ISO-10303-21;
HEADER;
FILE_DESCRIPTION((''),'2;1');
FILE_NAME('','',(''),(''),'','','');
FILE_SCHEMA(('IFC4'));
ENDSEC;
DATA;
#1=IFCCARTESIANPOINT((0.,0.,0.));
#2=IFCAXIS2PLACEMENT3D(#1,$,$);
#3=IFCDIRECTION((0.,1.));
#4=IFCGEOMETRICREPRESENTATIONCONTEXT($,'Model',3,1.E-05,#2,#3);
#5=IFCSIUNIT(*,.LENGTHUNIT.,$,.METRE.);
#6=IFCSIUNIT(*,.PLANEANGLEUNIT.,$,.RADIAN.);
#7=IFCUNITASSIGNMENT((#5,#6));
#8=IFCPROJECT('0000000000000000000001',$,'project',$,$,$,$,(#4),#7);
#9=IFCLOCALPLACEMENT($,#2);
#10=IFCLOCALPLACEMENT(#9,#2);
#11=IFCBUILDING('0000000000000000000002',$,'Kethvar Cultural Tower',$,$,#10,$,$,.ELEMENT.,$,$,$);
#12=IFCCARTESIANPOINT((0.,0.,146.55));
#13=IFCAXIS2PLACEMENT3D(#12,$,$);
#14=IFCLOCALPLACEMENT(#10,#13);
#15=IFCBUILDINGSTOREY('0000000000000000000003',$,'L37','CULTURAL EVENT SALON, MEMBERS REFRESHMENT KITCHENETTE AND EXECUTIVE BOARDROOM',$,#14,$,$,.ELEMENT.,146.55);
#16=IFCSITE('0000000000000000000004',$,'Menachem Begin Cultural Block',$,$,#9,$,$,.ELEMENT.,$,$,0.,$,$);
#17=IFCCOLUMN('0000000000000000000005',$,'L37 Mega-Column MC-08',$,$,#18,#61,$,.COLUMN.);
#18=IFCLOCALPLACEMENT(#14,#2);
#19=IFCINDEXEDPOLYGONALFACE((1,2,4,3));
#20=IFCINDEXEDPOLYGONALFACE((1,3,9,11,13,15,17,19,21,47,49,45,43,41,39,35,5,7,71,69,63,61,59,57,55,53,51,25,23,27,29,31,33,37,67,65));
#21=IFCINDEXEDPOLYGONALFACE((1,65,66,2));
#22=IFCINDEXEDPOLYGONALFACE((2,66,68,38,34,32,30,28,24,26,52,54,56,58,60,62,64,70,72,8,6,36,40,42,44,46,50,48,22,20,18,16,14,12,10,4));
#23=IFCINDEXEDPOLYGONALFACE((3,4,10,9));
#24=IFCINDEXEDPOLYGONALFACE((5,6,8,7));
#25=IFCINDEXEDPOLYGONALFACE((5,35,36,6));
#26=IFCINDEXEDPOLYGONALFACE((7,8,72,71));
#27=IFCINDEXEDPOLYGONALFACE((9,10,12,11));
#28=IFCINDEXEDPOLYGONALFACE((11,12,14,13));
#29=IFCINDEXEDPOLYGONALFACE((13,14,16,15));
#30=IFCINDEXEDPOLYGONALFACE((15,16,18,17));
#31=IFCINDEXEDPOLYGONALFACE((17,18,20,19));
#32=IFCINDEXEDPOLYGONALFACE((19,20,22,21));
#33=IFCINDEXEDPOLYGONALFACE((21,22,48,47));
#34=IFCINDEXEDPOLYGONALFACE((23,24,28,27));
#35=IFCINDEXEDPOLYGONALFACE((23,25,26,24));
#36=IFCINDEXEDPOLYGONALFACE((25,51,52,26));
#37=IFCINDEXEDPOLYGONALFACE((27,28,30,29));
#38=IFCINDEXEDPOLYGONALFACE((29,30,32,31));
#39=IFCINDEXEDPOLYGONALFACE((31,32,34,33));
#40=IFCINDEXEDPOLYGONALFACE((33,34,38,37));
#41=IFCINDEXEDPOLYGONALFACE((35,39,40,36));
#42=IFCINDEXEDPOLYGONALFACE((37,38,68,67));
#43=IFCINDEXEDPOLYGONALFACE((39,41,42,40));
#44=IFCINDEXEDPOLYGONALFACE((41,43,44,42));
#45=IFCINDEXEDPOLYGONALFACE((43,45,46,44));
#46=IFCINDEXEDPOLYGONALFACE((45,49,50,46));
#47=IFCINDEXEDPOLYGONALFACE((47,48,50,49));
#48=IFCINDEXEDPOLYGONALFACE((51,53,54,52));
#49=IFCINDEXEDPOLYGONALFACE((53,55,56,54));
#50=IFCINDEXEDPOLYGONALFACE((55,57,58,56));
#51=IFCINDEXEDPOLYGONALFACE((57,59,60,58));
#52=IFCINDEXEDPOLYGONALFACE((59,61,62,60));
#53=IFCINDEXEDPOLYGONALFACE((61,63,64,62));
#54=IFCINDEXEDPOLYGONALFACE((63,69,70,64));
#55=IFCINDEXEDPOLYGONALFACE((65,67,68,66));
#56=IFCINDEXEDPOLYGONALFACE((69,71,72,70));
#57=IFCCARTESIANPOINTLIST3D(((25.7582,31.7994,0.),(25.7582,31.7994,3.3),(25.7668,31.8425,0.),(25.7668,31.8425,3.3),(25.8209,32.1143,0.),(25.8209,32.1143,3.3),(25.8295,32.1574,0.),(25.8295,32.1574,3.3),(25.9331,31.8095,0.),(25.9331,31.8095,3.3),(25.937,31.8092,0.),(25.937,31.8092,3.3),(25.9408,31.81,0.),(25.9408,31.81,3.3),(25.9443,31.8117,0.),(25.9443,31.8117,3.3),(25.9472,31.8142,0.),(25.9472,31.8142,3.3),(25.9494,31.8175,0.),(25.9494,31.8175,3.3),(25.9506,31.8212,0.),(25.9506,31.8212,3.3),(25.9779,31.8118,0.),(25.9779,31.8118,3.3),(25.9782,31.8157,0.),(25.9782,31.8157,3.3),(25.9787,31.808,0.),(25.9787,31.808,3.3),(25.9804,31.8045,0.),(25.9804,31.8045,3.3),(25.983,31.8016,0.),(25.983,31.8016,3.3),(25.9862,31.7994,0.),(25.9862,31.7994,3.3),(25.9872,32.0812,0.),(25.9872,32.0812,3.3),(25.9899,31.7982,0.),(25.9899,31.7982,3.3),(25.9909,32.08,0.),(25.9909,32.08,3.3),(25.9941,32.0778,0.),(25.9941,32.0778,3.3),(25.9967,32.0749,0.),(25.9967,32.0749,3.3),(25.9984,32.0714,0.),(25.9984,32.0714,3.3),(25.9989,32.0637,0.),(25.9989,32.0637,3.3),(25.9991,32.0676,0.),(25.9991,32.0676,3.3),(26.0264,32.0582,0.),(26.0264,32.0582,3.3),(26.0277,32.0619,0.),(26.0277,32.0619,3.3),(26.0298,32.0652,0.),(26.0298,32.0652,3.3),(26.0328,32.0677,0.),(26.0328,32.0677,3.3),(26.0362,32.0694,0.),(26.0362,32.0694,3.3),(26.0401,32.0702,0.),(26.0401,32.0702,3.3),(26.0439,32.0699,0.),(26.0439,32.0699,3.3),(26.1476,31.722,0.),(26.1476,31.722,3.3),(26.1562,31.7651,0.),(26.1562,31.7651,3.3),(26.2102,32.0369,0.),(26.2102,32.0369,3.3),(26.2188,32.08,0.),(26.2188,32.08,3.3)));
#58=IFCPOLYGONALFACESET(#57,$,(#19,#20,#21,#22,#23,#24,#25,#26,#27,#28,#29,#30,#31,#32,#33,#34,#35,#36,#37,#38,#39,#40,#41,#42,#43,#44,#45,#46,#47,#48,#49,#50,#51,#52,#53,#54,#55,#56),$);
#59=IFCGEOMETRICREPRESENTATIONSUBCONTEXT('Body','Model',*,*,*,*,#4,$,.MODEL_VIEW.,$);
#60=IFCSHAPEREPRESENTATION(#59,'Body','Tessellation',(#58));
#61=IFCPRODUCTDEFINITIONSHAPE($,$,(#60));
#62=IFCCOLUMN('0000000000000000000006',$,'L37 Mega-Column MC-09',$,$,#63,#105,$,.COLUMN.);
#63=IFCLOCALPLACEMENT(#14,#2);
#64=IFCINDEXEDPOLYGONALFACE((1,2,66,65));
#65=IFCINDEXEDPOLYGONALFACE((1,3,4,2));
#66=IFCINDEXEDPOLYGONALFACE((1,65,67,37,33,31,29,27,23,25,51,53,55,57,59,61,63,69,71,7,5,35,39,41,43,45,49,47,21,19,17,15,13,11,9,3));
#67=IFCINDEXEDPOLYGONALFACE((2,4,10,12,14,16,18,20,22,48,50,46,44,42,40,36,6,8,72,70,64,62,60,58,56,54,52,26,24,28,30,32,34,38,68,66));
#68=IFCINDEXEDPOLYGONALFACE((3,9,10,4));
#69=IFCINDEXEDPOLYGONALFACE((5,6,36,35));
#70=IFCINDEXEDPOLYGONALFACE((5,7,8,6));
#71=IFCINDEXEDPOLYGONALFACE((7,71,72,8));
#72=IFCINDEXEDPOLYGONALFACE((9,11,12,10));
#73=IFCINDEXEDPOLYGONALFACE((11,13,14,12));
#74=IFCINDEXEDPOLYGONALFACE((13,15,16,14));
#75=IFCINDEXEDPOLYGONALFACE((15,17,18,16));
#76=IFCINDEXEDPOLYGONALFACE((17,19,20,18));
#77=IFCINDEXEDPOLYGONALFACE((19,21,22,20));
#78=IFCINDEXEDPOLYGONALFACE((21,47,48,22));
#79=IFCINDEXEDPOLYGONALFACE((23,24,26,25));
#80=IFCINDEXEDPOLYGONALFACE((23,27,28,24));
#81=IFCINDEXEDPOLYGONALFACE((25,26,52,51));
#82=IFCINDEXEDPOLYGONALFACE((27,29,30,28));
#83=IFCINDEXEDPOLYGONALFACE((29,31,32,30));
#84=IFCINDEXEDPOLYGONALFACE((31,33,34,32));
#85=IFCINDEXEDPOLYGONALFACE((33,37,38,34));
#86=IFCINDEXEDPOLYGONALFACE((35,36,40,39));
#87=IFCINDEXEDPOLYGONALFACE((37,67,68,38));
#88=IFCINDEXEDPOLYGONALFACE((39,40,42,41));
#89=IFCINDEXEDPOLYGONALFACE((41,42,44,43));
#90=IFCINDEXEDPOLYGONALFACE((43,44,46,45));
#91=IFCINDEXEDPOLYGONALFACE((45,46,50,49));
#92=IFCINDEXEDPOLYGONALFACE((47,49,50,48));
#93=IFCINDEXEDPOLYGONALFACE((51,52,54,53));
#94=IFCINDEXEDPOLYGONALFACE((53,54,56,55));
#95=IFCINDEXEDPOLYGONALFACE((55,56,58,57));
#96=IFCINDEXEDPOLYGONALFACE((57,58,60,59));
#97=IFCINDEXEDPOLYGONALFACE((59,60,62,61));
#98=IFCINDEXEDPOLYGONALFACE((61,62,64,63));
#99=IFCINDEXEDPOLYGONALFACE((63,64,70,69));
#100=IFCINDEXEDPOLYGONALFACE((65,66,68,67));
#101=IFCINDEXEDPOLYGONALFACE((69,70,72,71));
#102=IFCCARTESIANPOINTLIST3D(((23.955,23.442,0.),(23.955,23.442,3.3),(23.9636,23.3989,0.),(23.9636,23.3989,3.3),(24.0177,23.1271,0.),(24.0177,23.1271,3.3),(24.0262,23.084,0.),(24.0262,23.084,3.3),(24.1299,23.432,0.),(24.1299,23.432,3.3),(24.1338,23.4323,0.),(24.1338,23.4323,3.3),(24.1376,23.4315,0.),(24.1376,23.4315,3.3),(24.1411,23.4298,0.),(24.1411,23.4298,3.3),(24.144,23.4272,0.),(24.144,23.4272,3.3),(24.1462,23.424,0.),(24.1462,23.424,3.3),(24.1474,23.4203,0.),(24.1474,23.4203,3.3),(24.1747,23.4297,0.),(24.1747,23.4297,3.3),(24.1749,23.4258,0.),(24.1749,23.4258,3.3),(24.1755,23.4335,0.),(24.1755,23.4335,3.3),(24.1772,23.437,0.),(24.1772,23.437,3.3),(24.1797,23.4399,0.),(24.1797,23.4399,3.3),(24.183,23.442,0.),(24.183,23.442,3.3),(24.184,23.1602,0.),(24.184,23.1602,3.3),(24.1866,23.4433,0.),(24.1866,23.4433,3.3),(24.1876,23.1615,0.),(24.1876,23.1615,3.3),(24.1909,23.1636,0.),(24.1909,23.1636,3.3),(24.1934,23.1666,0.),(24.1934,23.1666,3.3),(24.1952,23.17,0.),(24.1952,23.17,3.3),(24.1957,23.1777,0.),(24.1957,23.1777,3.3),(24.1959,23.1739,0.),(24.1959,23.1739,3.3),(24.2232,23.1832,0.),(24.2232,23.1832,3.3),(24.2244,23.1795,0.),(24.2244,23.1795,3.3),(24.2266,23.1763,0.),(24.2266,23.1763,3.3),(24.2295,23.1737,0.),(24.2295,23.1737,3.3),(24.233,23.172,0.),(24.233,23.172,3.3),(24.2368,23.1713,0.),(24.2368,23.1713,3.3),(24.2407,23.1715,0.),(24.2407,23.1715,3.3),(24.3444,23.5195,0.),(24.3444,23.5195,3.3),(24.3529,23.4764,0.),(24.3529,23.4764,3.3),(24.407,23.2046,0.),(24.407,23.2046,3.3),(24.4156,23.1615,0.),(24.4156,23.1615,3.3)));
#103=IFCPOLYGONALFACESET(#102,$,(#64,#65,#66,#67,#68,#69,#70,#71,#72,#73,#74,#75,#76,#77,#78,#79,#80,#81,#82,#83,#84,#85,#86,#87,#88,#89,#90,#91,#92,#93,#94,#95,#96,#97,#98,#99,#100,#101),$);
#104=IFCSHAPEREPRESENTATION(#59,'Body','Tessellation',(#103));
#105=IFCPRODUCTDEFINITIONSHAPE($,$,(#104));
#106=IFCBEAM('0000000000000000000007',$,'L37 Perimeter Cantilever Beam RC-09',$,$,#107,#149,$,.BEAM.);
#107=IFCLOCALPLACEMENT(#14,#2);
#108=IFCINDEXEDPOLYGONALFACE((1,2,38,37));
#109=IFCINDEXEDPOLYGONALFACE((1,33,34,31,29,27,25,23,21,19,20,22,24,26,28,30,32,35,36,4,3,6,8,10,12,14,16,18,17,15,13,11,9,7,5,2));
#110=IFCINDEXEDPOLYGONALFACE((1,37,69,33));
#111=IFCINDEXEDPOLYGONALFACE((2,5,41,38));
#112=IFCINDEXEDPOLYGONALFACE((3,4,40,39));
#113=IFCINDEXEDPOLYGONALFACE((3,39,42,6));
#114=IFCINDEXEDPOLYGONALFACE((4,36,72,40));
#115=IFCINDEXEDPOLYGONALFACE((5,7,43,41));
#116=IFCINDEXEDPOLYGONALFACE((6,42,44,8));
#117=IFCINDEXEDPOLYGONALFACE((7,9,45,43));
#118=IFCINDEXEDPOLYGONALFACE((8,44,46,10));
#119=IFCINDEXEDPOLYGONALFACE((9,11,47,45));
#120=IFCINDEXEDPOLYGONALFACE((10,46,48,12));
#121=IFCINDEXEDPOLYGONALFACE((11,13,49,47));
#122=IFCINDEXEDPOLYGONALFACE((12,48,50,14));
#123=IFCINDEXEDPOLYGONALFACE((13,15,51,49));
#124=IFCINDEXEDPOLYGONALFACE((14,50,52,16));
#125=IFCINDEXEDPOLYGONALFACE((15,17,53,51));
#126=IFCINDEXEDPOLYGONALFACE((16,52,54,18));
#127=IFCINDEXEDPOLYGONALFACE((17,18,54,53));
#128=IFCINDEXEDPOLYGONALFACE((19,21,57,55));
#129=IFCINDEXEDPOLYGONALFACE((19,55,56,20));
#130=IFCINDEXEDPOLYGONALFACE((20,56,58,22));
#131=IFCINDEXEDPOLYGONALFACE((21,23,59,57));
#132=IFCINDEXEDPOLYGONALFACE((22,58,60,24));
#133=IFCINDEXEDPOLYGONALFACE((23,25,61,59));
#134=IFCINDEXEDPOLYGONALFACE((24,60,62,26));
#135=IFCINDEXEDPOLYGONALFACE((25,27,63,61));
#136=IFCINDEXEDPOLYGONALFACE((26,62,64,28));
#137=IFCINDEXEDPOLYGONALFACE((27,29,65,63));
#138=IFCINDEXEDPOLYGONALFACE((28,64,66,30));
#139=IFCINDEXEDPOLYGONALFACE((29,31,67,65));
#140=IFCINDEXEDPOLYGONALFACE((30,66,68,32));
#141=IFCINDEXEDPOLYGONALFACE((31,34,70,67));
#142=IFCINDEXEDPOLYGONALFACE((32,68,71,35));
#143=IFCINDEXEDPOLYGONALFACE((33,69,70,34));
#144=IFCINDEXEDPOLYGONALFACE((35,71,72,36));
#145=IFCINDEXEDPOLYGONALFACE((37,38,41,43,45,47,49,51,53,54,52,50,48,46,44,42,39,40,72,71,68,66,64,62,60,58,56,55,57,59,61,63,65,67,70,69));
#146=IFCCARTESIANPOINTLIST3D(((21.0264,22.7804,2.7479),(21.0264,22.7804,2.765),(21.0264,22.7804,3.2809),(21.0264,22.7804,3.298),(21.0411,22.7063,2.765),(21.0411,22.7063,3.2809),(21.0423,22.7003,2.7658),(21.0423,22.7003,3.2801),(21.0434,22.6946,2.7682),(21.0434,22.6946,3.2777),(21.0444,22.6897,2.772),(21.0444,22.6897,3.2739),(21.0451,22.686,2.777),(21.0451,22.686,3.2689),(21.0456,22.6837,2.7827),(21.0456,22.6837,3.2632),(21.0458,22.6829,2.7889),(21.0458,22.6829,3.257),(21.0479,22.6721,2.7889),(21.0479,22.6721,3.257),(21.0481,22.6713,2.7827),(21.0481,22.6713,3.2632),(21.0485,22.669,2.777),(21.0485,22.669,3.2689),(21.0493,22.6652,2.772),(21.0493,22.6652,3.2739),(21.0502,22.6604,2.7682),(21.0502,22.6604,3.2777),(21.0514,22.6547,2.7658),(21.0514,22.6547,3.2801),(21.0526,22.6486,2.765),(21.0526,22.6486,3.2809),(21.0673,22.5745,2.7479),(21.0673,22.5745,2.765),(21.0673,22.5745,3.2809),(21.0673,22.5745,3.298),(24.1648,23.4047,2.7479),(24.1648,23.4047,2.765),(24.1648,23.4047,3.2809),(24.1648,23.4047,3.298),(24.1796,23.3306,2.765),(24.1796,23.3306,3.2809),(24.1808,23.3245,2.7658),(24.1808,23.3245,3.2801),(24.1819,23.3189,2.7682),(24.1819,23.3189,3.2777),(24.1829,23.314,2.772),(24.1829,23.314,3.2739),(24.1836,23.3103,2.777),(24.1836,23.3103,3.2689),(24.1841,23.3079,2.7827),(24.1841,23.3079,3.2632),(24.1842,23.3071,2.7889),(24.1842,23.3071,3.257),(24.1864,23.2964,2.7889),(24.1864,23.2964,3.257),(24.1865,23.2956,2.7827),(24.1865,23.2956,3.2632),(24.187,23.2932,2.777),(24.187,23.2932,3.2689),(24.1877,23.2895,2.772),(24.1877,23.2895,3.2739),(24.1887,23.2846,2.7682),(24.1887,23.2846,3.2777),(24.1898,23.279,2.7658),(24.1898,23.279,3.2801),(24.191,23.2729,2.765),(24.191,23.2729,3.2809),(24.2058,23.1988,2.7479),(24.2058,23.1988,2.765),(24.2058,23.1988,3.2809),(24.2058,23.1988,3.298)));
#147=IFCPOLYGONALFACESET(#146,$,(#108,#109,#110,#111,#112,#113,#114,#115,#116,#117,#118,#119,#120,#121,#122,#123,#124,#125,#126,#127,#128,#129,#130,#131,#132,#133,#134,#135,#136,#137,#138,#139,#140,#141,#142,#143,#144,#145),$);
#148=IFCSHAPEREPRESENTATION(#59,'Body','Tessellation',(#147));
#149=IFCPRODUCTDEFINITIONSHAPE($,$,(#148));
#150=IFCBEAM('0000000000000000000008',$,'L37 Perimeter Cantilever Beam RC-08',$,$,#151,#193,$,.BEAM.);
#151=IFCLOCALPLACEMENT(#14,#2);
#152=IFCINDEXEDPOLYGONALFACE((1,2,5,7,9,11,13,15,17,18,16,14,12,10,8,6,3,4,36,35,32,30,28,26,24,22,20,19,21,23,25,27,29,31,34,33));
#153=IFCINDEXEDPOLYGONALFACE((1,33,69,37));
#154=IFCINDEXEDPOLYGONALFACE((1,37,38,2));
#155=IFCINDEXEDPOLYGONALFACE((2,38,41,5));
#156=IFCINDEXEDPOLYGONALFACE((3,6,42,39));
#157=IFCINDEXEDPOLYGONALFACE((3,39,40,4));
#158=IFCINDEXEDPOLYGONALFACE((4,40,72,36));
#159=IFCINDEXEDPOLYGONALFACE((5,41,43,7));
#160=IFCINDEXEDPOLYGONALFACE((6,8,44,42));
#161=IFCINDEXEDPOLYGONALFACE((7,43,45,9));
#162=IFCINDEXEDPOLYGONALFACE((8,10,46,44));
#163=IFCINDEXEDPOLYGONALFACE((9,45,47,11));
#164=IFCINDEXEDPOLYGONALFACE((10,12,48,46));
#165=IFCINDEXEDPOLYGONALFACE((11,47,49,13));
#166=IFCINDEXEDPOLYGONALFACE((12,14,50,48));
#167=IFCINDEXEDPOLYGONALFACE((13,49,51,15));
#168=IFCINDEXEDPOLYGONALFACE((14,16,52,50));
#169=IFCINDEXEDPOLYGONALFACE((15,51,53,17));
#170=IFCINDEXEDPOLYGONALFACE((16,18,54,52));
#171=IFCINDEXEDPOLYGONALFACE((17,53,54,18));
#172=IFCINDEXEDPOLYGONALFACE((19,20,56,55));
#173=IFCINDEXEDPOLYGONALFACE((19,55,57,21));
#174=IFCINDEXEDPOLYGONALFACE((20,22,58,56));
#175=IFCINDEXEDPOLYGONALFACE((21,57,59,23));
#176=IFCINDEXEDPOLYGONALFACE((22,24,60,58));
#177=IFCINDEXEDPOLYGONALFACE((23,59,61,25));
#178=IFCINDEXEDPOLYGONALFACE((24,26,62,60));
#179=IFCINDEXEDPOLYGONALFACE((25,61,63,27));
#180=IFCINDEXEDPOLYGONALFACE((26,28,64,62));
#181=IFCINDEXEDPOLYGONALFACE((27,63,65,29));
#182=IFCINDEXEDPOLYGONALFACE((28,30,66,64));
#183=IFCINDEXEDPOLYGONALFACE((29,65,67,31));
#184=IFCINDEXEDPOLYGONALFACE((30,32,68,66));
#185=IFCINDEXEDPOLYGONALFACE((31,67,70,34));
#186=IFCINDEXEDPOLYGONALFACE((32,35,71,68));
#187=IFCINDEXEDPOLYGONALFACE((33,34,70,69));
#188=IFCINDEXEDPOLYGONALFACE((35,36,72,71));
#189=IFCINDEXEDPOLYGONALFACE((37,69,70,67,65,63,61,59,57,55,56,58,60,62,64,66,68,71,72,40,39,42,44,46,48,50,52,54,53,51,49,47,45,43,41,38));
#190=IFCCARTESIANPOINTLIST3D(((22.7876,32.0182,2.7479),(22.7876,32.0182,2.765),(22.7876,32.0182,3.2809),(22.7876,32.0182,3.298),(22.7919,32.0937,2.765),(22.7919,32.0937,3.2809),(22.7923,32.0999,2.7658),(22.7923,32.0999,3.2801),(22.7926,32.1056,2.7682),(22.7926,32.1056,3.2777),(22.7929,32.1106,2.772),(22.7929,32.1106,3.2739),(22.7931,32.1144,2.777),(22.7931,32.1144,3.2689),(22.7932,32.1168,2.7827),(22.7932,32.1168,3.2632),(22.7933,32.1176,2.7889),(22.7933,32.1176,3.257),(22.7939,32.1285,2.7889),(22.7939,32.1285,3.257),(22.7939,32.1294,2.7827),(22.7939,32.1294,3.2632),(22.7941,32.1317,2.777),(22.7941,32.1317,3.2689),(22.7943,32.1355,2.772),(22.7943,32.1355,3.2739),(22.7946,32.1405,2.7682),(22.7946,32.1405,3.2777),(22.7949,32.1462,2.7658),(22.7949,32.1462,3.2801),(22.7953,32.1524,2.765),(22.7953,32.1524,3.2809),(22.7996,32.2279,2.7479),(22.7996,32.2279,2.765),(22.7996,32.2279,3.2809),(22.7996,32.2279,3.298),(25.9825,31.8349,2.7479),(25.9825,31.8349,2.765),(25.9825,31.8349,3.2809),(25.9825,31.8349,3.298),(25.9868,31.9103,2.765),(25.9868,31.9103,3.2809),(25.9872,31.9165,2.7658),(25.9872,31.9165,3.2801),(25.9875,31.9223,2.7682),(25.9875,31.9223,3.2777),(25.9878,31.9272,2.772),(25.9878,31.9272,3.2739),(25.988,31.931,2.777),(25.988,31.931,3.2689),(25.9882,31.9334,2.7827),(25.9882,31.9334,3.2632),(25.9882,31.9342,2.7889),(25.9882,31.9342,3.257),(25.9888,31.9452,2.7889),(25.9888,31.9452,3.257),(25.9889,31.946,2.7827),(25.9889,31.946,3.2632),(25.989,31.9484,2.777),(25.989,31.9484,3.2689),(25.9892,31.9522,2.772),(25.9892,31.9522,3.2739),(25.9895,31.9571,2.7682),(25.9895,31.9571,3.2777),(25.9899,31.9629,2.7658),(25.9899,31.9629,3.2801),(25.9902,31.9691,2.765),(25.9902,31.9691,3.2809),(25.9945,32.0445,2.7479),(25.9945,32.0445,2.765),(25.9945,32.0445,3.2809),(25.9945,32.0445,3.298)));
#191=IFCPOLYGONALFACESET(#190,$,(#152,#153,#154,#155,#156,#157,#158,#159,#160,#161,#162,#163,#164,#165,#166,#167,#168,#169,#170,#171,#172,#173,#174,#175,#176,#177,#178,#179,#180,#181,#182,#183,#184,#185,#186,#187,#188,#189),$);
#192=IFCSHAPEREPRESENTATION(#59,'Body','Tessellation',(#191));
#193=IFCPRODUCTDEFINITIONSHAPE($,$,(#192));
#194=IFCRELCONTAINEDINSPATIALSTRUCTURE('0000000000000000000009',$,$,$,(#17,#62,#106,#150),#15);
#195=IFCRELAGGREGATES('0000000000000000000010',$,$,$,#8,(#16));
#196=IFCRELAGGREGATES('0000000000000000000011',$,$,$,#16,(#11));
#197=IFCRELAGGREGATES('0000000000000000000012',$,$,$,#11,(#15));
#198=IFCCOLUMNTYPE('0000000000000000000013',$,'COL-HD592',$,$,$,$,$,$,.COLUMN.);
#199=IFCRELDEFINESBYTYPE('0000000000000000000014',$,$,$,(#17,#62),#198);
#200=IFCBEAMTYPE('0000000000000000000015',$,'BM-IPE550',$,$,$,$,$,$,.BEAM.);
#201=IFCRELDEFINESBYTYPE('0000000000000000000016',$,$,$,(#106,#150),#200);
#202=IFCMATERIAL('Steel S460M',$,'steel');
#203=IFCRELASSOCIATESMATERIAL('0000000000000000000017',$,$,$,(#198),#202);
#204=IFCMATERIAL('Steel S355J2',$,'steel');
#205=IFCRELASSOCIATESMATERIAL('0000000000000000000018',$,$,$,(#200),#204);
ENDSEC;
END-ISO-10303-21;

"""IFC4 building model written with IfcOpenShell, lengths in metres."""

from ifc_helpers import new_model, si_unit, direction, frame, origin, origin_2d, place, context, subcontext, project, spatial, i_section, extrude, source, transform, mapped, material, material_profile, profile_set, type_object, element, save


model = new_model("IFC4")

# Units and contexts
model_context = context("Model", 3, precision=1e-05, world=origin(), true_north=direction((0.0, 1.0)))
body_context = subcontext(model_context, "Body", "Model", "MODEL_VIEW")
ifc_project = project(units=[si_unit("LENGTHUNIT", "METRE"), si_unit("PLANEANGLEUNIT", "RADIAN")], contexts=[model_context])

# Site, building, storey
site_placement = place(None, origin())
site = spatial("IfcSite", under=ifc_project, at=site_placement, Name="Menachem Begin Cultural Block", CompositionType="ELEMENT", RefElevation=0.0)
building_placement = place(site_placement, origin())
building = spatial("IfcBuilding", under=site, at=building_placement, Name="Kethvar Cultural Tower", CompositionType="ELEMENT")
storey_placement = place(building_placement, frame((0.0, 0.0, 146.55)))
storey = spatial("IfcBuildingStorey", under=building, at=storey_placement, Name="L37", Description="CULTURAL EVENT SALON, MEMBERS REFRESHMENT KITCHENETTE AND EXECUTIVE BOARDROOM", CompositionType="ELEMENT", Elevation=146.55)

# Columns
ifc_material_1 = material(Name="Steel S460M", Category="steel")
ifc_material_profile_1 = material_profile(ifc_material_1, i_section(OverallWidth=0.397, OverallDepth=0.365, WebThickness=0.0281, FlangeThickness=0.0439, FilletRadius=0.0149, at=origin_2d()), Name="Steel S460M — HD400x592")
ifc_profile_set_1 = profile_set([ifc_material_profile_1], Name="Steel S460M — HD400x592")
column_type = type_object("IfcColumnType", Name="COL-HD592", PredefinedType="COLUMN", material=ifc_profile_set_1)
shared_shape_1 = source(origin(), body_context, "Body", "SweptSolid", [
    extrude(i_section(OverallWidth=0.397, OverallDepth=0.365, WebThickness=0.0281, FlangeThickness=0.0439, FilletRadius=0.0149, at=origin_2d()), origin(), (0.0, 0.0, 1.0), 3.3),
])
for number, where, z_axis, x_axis, name in (
    (1, (25.9885, 31.9397, 0.0), (0.0, 0.0, 1.0), (-0.980785, 0.19509, 0.0), "L37 Mega-Column MC-08"),
    (2, (24.1853, 23.3018, 0.0), (0.0, 0.0, 1.0), (-0.980785, -0.19509, 0.0), "L37 Mega-Column MC-09"),
):
    element("IfcColumn", number, at=place(storey_placement, frame(where, z_axis=z_axis, x_axis=x_axis)), inside=storey, type_object=column_type, Name=name, PredefinedType="COLUMN", context=body_context, shape_type="MappedRepresentation", body=[
        mapped(shared_shape_1, transform((0.0, 0.0, 0.0), scale=1.0)),
    ])

# Beams
ifc_material_2 = material(Name="Steel S355J2", Category="steel")
ifc_material_profile_2 = material_profile(ifc_material_2, i_section(OverallWidth=0.21, OverallDepth=0.55, WebThickness=0.011, FlangeThickness=0.0171, FilletRadius=0.0239, at=origin_2d()), Name="Steel S355J2 — IPE550")
ifc_profile_set_2 = profile_set([ifc_material_profile_2], Name="Steel S355J2 — IPE550")
beam_type_1 = type_object("IfcBeamType", Name="BM-IPE550", PredefinedType="BEAM", material=ifc_profile_set_2)
shared_shape_2 = source(origin(), body_context, "Body", "SweptSolid", [
    extrude(i_section(OverallWidth=0.21, OverallDepth=0.55, WebThickness=0.011, FlangeThickness=0.0171, FilletRadius=0.0239, at=origin_2d()), origin(), (0.0, 0.0, 1.0), 3.2),
])
beam_1_placement = place(storey_placement, frame((24.1853, 23.3018, 3.0229), z_axis=(-0.980786, -0.195089, 0.0), x_axis=(0.195089, -0.980786, 0.0)))
element("IfcBeam", 3, at=beam_1_placement, inside=storey, type_object=beam_type_1, Name="L37 Perimeter Cantilever Beam RC-09", PredefinedType="BEAM", context=body_context, shape_type="MappedRepresentation", body=[
    mapped(shared_shape_2, transform((0.0, 0.0, 0.0), scale=1.0)),
])
shared_shape_3 = source(origin(), body_context, "Body", "SweptSolid", [
    extrude(i_section(OverallWidth=0.21, OverallDepth=0.55, WebThickness=0.011, FlangeThickness=0.0171, FilletRadius=0.0239, at=origin_2d()), origin(), (0.0, 0.0, 1.0), 3.2002),
])
beam_2_placement = place(storey_placement, frame((25.9885, 31.9397, 3.0229), z_axis=(-0.998357, 0.057295, 0.0), x_axis=(-0.057295, -0.998357, 0.0)))
element("IfcBeam", 4, at=beam_2_placement, inside=storey, type_object=beam_type_1, Name="L37 Perimeter Cantilever Beam RC-08", PredefinedType="BEAM", context=body_context, shape_type="MappedRepresentation", body=[
    mapped(shared_shape_3, transform((0.0, 0.0, 0.0), scale=1.0)),
])

save(model, "model.ifc")
